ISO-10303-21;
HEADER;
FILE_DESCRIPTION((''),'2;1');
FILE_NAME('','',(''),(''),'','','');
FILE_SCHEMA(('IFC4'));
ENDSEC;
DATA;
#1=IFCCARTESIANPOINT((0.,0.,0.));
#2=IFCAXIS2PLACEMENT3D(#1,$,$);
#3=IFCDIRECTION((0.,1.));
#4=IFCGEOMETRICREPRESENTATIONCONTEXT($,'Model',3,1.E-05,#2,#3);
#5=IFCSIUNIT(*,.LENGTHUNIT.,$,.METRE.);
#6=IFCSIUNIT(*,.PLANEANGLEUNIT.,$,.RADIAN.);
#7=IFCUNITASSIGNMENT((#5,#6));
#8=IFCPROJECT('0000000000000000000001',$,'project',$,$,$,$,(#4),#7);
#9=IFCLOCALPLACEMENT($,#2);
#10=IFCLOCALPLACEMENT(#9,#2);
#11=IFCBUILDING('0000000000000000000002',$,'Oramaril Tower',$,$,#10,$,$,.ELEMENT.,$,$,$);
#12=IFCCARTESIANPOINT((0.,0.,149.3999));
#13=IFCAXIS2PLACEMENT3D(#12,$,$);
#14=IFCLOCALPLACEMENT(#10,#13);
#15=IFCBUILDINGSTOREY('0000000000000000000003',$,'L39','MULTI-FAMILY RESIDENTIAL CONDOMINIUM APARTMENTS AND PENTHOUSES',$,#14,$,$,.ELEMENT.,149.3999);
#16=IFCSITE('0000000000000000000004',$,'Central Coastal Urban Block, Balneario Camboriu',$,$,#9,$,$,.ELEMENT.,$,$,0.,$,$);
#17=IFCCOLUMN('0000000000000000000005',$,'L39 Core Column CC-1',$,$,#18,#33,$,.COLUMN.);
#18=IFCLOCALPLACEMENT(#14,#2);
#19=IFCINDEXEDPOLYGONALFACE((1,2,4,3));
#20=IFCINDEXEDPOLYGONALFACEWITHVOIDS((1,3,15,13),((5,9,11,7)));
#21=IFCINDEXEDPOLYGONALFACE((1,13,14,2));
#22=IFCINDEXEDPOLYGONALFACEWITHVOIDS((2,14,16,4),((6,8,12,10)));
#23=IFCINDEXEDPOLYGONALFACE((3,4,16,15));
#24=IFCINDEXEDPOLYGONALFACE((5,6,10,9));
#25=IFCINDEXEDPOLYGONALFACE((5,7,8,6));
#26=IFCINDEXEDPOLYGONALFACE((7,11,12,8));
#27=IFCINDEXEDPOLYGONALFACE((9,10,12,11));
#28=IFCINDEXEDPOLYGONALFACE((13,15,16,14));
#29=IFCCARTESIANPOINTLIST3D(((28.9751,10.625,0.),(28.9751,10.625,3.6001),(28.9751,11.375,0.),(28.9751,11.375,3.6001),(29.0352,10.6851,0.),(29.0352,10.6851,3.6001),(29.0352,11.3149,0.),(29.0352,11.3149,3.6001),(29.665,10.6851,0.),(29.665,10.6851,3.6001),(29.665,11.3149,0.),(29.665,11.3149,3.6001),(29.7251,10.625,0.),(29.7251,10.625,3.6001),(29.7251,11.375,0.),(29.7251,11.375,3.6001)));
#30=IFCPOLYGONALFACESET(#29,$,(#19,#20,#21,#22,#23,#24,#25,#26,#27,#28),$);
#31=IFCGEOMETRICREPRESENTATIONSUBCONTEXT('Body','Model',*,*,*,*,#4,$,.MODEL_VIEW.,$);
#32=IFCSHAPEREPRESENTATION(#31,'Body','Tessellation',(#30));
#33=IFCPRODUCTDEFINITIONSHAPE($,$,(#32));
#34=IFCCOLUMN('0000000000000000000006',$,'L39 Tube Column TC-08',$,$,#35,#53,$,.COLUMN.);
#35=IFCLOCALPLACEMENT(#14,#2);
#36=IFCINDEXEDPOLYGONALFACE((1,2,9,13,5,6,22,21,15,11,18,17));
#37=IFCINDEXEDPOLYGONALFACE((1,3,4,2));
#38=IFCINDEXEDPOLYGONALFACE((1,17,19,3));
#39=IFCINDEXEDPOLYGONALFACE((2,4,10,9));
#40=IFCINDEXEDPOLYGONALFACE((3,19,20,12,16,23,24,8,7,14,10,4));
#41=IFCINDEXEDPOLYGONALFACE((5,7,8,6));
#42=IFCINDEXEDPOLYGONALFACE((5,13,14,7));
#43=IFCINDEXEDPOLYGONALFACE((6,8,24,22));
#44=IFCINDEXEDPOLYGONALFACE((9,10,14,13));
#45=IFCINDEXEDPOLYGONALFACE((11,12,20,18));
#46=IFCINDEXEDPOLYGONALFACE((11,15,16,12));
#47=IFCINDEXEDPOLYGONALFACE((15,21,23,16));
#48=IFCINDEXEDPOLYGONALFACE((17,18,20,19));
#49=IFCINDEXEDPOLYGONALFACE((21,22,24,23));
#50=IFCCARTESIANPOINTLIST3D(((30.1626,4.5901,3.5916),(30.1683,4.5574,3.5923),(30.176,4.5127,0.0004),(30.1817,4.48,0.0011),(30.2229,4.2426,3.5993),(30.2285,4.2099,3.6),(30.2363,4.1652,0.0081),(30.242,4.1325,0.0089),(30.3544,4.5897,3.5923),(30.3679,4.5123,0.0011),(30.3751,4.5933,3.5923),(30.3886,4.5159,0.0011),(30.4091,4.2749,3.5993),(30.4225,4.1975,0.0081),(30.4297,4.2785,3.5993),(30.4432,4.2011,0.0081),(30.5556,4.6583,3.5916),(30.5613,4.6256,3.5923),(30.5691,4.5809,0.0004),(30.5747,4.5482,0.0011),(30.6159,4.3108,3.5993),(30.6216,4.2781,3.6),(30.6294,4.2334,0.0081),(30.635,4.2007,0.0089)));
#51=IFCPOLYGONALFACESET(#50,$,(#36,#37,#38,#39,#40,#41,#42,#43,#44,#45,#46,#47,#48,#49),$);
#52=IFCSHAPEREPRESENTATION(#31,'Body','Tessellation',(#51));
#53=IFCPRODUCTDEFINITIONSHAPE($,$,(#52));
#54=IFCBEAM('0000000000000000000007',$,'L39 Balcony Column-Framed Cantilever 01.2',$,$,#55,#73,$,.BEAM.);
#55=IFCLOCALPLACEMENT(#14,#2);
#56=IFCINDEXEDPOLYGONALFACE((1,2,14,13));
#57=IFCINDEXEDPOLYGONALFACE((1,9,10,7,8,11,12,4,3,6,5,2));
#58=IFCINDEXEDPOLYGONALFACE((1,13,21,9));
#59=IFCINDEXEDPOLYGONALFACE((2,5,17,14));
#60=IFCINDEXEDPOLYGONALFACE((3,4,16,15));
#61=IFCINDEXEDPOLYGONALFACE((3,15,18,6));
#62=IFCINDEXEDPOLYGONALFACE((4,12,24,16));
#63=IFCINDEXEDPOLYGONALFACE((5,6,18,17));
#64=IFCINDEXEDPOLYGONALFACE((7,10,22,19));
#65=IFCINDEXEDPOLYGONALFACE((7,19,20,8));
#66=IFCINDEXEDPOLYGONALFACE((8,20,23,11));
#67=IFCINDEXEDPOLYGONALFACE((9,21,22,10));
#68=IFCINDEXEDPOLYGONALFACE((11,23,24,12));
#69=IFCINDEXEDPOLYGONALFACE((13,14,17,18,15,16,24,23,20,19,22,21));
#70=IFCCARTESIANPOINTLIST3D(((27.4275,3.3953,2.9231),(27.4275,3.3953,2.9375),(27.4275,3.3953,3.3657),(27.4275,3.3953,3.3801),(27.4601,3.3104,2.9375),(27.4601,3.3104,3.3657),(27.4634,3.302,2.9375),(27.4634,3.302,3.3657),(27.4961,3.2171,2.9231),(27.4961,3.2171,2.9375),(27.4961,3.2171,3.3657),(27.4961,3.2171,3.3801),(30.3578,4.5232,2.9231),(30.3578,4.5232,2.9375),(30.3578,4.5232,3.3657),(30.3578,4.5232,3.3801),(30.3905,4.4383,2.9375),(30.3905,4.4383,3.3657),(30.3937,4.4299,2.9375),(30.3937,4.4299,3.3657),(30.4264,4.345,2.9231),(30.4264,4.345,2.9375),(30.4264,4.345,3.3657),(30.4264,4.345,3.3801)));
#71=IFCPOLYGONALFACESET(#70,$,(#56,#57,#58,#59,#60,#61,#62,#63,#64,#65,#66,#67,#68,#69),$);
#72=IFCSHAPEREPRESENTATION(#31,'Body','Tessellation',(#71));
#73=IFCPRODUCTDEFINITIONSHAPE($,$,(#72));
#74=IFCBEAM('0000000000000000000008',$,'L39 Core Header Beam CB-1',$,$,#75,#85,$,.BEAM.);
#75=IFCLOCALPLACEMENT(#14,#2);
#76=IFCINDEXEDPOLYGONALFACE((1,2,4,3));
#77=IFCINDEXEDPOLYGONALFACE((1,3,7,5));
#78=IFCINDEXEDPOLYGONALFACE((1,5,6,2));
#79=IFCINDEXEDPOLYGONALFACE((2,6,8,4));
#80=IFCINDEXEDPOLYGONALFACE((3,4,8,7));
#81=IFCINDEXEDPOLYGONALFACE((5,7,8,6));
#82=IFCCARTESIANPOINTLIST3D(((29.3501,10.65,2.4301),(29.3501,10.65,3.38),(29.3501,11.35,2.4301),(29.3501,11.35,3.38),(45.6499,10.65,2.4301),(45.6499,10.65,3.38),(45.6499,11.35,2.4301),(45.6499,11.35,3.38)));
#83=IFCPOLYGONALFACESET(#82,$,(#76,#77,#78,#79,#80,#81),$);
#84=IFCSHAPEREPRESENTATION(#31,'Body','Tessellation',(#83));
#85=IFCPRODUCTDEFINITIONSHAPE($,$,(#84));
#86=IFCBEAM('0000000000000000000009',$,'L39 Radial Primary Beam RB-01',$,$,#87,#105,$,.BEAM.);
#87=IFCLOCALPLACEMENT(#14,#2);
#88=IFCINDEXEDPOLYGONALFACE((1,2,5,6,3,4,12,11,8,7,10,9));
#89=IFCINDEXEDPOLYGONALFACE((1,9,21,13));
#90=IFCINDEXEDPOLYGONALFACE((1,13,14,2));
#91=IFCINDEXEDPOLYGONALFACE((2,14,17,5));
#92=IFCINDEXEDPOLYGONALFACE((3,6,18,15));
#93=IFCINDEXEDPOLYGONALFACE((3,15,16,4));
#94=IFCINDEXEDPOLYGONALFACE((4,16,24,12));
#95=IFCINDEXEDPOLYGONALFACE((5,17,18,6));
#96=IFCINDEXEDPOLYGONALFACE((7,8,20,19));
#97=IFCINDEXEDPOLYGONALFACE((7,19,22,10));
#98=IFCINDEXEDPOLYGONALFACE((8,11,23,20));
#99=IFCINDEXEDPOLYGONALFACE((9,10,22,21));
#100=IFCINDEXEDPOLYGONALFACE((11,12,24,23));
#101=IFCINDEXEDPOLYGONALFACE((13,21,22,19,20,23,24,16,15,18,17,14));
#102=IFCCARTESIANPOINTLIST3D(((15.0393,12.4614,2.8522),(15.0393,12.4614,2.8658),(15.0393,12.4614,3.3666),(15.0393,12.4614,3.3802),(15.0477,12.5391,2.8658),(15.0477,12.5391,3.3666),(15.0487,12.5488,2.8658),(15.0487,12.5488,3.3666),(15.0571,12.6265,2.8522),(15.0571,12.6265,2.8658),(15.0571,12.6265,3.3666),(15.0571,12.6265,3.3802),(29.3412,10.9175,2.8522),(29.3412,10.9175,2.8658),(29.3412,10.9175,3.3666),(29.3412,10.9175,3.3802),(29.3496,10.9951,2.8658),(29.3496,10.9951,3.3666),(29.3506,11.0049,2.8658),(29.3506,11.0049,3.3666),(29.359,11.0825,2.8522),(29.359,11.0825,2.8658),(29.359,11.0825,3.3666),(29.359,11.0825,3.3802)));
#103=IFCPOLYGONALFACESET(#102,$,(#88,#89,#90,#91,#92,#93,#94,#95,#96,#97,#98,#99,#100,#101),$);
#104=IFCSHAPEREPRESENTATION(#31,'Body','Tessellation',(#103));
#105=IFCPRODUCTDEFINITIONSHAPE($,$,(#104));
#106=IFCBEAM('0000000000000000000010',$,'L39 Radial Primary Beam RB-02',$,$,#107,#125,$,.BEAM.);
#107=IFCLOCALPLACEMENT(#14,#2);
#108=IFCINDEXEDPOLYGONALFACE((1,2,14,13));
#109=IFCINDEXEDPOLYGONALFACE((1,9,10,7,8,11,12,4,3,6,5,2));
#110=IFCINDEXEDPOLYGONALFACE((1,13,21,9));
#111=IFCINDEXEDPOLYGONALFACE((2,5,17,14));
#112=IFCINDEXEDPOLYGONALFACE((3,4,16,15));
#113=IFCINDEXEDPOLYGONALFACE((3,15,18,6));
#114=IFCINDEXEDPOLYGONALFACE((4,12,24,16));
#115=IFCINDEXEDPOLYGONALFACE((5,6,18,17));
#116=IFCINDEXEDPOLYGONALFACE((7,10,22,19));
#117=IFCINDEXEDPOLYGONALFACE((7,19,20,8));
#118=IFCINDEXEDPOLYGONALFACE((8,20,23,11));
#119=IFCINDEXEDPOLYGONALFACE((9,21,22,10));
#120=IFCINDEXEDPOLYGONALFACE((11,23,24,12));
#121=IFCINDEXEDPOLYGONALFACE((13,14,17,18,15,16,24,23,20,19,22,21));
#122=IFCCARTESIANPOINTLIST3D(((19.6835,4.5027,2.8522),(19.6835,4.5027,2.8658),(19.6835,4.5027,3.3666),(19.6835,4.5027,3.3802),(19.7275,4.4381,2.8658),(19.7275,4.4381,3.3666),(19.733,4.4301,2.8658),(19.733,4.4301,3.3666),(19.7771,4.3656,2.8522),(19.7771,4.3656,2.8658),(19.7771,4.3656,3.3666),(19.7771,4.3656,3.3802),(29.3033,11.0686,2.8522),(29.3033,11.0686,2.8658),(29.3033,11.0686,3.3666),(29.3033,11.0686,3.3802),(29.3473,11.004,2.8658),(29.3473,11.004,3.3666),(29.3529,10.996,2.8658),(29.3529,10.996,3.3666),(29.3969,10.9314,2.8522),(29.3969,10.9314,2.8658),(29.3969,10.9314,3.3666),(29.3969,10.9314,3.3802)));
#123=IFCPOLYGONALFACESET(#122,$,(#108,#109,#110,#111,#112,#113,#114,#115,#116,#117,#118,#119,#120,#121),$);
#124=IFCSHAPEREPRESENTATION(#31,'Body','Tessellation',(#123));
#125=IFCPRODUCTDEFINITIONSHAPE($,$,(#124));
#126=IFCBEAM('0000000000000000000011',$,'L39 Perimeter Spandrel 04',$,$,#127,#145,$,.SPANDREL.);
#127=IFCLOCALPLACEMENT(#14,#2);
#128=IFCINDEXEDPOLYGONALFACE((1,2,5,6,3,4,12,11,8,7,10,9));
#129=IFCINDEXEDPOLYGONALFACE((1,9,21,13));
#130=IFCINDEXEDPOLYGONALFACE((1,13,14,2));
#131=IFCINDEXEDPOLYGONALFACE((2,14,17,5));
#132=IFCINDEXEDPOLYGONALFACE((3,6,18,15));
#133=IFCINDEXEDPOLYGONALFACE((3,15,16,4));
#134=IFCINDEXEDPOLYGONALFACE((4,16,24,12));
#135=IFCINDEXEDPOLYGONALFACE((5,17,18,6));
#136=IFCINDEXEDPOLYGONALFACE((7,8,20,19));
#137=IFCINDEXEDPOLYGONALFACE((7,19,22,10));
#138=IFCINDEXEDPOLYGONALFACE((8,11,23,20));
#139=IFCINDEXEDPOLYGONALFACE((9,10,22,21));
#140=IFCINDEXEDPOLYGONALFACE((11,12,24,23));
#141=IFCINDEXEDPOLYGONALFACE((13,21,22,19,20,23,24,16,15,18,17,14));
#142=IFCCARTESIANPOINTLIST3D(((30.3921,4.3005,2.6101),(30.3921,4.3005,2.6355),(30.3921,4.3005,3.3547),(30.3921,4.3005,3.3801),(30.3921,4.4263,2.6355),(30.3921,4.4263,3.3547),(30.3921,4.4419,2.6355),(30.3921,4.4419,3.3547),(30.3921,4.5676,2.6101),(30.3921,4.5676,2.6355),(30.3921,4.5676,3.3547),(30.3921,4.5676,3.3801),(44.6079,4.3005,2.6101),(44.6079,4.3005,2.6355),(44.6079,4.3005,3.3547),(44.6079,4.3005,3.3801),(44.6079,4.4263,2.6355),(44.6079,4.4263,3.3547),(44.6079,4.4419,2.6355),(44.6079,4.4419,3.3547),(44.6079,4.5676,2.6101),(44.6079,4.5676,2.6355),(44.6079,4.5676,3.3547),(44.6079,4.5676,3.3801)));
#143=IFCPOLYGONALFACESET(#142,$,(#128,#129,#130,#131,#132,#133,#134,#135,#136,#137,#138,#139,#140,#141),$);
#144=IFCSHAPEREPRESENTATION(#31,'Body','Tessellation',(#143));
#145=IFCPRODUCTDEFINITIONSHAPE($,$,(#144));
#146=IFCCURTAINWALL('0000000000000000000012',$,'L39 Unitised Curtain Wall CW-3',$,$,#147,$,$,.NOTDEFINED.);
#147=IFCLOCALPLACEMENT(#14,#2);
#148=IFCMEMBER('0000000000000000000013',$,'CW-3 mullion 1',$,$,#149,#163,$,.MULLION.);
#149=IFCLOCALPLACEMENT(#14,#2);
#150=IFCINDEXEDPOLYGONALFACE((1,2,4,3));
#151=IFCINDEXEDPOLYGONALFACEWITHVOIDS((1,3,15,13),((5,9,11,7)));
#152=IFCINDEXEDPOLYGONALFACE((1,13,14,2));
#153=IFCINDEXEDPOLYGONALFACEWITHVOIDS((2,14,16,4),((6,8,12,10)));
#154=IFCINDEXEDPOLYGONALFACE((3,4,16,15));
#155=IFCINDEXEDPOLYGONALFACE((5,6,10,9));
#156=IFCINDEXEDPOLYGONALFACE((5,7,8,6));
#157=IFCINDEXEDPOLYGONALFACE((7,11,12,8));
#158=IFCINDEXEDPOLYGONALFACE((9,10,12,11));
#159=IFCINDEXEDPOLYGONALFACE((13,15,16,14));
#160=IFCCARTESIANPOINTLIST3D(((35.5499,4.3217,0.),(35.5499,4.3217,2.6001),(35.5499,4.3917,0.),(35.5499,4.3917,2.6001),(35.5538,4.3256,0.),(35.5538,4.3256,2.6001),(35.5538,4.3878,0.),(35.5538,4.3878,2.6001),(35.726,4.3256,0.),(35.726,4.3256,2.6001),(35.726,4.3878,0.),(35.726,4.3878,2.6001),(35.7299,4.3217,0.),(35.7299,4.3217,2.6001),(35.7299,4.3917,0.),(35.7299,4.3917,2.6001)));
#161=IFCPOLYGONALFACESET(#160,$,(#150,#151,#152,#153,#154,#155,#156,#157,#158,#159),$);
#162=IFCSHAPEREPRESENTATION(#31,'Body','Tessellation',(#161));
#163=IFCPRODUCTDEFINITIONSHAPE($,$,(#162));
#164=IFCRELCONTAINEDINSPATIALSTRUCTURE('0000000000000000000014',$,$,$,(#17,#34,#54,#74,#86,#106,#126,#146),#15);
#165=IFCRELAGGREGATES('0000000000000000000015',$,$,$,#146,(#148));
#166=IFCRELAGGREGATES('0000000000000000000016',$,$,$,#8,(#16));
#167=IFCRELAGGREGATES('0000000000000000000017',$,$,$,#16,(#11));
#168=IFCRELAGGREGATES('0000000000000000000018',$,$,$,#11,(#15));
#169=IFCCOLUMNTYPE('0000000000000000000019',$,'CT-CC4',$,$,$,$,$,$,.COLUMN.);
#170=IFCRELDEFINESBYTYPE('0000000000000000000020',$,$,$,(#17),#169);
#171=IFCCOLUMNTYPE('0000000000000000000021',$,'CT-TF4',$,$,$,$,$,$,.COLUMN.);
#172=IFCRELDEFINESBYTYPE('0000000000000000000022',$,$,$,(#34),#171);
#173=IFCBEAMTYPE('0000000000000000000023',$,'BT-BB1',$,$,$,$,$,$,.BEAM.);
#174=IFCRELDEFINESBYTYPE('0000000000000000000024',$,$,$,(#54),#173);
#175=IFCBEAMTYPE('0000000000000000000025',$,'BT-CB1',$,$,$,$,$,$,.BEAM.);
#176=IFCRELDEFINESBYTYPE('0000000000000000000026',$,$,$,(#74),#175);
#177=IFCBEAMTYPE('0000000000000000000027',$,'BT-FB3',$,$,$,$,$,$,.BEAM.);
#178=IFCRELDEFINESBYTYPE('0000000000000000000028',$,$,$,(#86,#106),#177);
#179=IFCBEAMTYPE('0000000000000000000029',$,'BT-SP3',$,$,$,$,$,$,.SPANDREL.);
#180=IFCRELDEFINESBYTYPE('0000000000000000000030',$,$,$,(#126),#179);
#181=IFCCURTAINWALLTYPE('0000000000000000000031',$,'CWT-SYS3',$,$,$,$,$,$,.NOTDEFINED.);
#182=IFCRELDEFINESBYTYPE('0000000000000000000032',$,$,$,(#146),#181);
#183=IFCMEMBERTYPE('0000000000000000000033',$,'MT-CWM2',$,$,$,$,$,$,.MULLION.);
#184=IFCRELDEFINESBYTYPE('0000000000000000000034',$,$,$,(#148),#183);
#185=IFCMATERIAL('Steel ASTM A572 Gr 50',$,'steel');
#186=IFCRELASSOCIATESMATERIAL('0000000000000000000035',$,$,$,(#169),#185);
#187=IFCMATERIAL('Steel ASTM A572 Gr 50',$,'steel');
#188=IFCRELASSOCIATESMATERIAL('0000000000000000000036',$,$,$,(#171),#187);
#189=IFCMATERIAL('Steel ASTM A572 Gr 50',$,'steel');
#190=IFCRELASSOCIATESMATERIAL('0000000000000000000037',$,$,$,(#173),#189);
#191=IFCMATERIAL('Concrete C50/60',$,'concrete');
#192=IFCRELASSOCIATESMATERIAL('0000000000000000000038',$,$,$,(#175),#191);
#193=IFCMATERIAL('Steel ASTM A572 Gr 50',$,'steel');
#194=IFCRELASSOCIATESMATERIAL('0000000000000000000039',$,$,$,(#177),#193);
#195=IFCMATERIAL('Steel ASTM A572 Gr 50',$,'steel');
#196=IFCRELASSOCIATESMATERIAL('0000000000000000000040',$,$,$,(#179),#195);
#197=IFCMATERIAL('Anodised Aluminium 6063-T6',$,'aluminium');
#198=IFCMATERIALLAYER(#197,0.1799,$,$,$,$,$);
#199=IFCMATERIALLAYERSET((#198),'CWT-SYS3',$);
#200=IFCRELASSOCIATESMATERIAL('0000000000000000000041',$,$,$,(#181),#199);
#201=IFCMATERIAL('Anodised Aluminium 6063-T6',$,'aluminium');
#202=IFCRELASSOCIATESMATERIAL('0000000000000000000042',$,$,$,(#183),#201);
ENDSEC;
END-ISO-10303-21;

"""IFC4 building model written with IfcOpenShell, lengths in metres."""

from ifc_helpers import new_model, si_unit, direction, frame, origin, origin_2d, place, context, subcontext, project, spatial, rectangle, hollow_rectangle, i_section, extrude, material, layer, layer_set, material_profile, profile_set, type_object, element, aggregate, save


model = new_model("IFC4")

# Units and contexts
model_context = context("Model", 3, precision=1e-05, world=origin(), true_north=direction((0.0, 1.0)))
body_context = subcontext(model_context, "Body", "Model", "MODEL_VIEW")
ifc_project = project(units=[si_unit("LENGTHUNIT", "METRE"), si_unit("PLANEANGLEUNIT", "RADIAN")], contexts=[model_context])

# Site, building, storey
site_placement = place(None, origin())
site = spatial("IfcSite", under=ifc_project, at=site_placement, Name="Central Coastal Urban Block, Balneario Camboriu", CompositionType="ELEMENT", RefElevation=0.0)
building_placement = place(site_placement, origin())
building = spatial("IfcBuilding", under=site, at=building_placement, Name="Oramaril Tower", CompositionType="ELEMENT")
storey_placement = place(building_placement, frame((0.0, 0.0, 149.3999)))
storey = spatial("IfcBuildingStorey", under=building, at=storey_placement, Name="L39", Description="MULTI-FAMILY RESIDENTIAL CONDOMINIUM APARTMENTS AND PENTHOUSES", CompositionType="ELEMENT", Elevation=149.3999)

# Columns
ifc_material_1 = material(Name="Steel ASTM A572 Gr 50", Category="steel")
ifc_material_profile_1 = material_profile(ifc_material_1, hollow_rectangle(XDim=0.75, YDim=0.75, WallThickness=0.0601, at=origin_2d()), Name="BOX750X750X60")
ifc_profile_set_1 = profile_set([ifc_material_profile_1], Name="Steel ASTM A572 Gr 50")
column_type_1 = type_object("IfcColumnType", Name="CT-CC4", PredefinedType="COLUMN", material=ifc_profile_set_1)
column_1_placement = place(storey_placement, frame((29.3501, 11.0, 0.0), z_axis=(0.0, 0.0, 1.0), x_axis=(1.0, 0.0, 0.0)))
element("IfcColumn", 1, at=column_1_placement, inside=storey, type_object=column_type_1, Name="L39 Core Column CC-1", PredefinedType="COLUMN", context=body_context, shape_type="SweptSolid", body=[
    extrude(hollow_rectangle(XDim=0.75, YDim=0.75, WallThickness=0.0601, at=origin_2d()), origin(), (0.0, 0.0, 1.0), 3.6001),
])
ifc_material_2 = material(Name="Steel ASTM A572 Gr 50", Category="steel")
ifc_material_profile_2 = material_profile(ifc_material_2, i_section(OverallWidth=0.3989, OverallDepth=0.386, WebThickness=0.021, FlangeThickness=0.0332, at=origin_2d()), Name="W14X176")
ifc_profile_set_2 = profile_set([ifc_material_profile_2], Name="Steel ASTM A572 Gr 50")
column_type_2 = type_object("IfcColumnType", Name="CT-TF4", PredefinedType="COLUMN", material=ifc_profile_set_2)
column_2_placement = place(storey_placement, frame((30.4055, 4.3567, 0.0046), z_axis=(-0.003738, 0.021546, 0.999761), x_axis=(-0.98528, -0.170948, 0.0)))
element("IfcColumn", 2, at=column_2_placement, inside=storey, type_object=column_type_2, Name="L39 Tube Column TC-08", PredefinedType="COLUMN", context=body_context, shape_type="SweptSolid", body=[
    extrude(i_section(OverallWidth=0.3989, OverallDepth=0.386, WebThickness=0.021, FlangeThickness=0.0332, at=origin_2d()), origin(), (0.0, 0.0, 1.0), 3.592),
])

# Beams
ifc_material_3 = material(Name="Steel ASTM A572 Gr 50", Category="steel")
ifc_material_profile_3 = material_profile(ifc_material_3, i_section(OverallWidth=0.1909, OverallDepth=0.457, WebThickness=0.009, FlangeThickness=0.0144, at=origin_2d()), Name="W18X50")
ifc_profile_set_3 = profile_set([ifc_material_profile_3], Name="Steel ASTM A572 Gr 50")
beam_type_1 = type_object("IfcBeamType", Name="BT-BB1", PredefinedType="BEAM", material=ifc_profile_set_3)
beam_1_placement = place(storey_placement, frame((30.3921, 4.4341, 3.1516), z_axis=(-0.933255, -0.359214, 0.0), x_axis=(0.359214, -0.933255, 0.0)))
element("IfcBeam", 3, at=beam_1_placement, inside=storey, type_object=beam_type_1, Name="L39 Balcony Column-Framed Cantilever 01.2", PredefinedType="BEAM", context=body_context, shape_type="SweptSolid", body=[
    extrude(i_section(OverallWidth=0.1909, OverallDepth=0.457, WebThickness=0.009, FlangeThickness=0.0144, at=origin_2d()), origin(), (0.0, 0.0, 1.0), 3.1399),
])
ifc_material_4 = material(Name="Concrete C50/60", Category="concrete")
ifc_material_profile_4 = material_profile(ifc_material_4, rectangle(XDim=0.7, YDim=0.95, at=origin_2d()), Name="CB700X950")
ifc_profile_set_4 = profile_set([ifc_material_profile_4], Name="Concrete C50/60")
beam_type_2 = type_object("IfcBeamType", Name="BT-CB1", PredefinedType="BEAM", material=ifc_profile_set_4)
beam_2_placement = place(storey_placement, frame((29.3501, 11.0, 2.905), z_axis=(1.0, 0.0, 0.0), x_axis=(0.0, 1.0, 0.0)))
element("IfcBeam", 4, at=beam_2_placement, inside=storey, type_object=beam_type_2, Name="L39 Core Header Beam CB-1", PredefinedType="BEAM", context=body_context, shape_type="SweptSolid", body=[
    extrude(rectangle(XDim=0.7, YDim=0.95, at=origin_2d()), origin(), (0.0, 0.0, 1.0), 16.2998),
])
ifc_material_5 = material(Name="Steel ASTM A572 Gr 50", Category="steel")
ifc_material_profile_5 = material_profile(ifc_material_5, i_section(OverallWidth=0.166, OverallDepth=0.5281, WebThickness=0.0098, FlangeThickness=0.0137, at=origin_2d()), Name="W21X50")
ifc_profile_set_5 = profile_set([ifc_material_profile_5], Name="Steel ASTM A572 Gr 50")
beam_type_3 = type_object("IfcBeamType", Name="BT-FB3", PredefinedType="BEAM", material=ifc_profile_set_5)
beam_3_placement = place(storey_placement, frame((29.3501, 11.0, 3.1162), z_axis=(-0.994224, 0.10733, 0.0), x_axis=(-0.10733, -0.994224, 0.0)))
element("IfcBeam", 5, at=beam_3_placement, inside=storey, type_object=beam_type_3, Name="L39 Radial Primary Beam RB-01", PredefinedType="BEAM", context=body_context, shape_type="SweptSolid", body=[
    extrude(i_section(OverallWidth=0.166, OverallDepth=0.5281, WebThickness=0.0098, FlangeThickness=0.0137, at=origin_2d()), origin(), (0.0, 0.0, 1.0), 14.385),
])
beam_4_placement = place(storey_placement, frame((29.3501, 11.0, 3.1162), z_axis=(-0.825951, -0.563742, 0.0), x_axis=(0.563742, -0.825951, 0.0)))
element("IfcBeam", 6, at=beam_4_placement, inside=storey, type_object=beam_type_3, Name="L39 Radial Primary Beam RB-02", PredefinedType="BEAM", context=body_context, shape_type="SweptSolid", body=[
    extrude(i_section(OverallWidth=0.166, OverallDepth=0.5281, WebThickness=0.0098, FlangeThickness=0.0137, at=origin_2d()), origin(), (0.0, 0.0, 1.0), 11.647),
])
ifc_material_6 = material(Name="Steel ASTM A572 Gr 50", Category="steel")
ifc_material_profile_6 = material_profile(ifc_material_6, i_section(OverallWidth=0.2671, OverallDepth=0.77, WebThickness=0.0156, FlangeThickness=0.0254, at=origin_2d()), Name="W30X132")
ifc_profile_set_6 = profile_set([ifc_material_profile_6], Name="Steel ASTM A572 Gr 50")
beam_type_4 = type_object("IfcBeamType", Name="BT-SP3", PredefinedType="SPANDREL", material=ifc_profile_set_6)
beam_5_placement = place(storey_placement, frame((30.3921, 4.4341, 2.9951), z_axis=(1.0, 0.0, 0.0), x_axis=(0.0, 1.0, 0.0)))
element("IfcBeam", 7, at=beam_5_placement, inside=storey, type_object=beam_type_4, Name="L39 Perimeter Spandrel 04", PredefinedType="SPANDREL", context=body_context, shape_type="SweptSolid", body=[
    extrude(i_section(OverallWidth=0.2671, OverallDepth=0.77, WebThickness=0.0156, FlangeThickness=0.0254, at=origin_2d()), origin(), (0.0, 0.0, 1.0), 14.2158),
])

# Curtain wall, member
ifc_material_7 = material(Name="Anodised Aluminium 6063-T6", Category="aluminium")
ifc_layer_1 = layer(ifc_material_7, 0.1799)
ifc_layer_set_1 = layer_set([ifc_layer_1], Name="CWT-SYS3")
curtain_wall_type = type_object("IfcCurtainWallType", Name="CWT-SYS3", PredefinedType="NOTDEFINED", material=ifc_layer_set_1)
curtain_wall_placement = place(storey_placement, origin())
curtain_wall = element("IfcCurtainWall", 8, at=curtain_wall_placement, inside=storey, type_object=curtain_wall_type, Name="L39 Unitised Curtain Wall CW-3", PredefinedType="NOTDEFINED")
ifc_material_8 = material(Name="Anodised Aluminium 6063-T6", Category="aluminium")
ifc_material_profile_7 = material_profile(ifc_material_8, hollow_rectangle(XDim=0.0701, YDim=0.1799, WallThickness=0.0039, at=origin_2d()), Name="CWM180X70")
ifc_profile_set_7 = profile_set([ifc_material_profile_7], Name="Anodised Aluminium 6063-T6")
member_type_1 = type_object("IfcMemberType", Name="MT-CWM2", PredefinedType="MULLION", material=ifc_profile_set_7)
member_1_placement = place(storey_placement, frame((35.6399, 4.3567, 0.0), z_axis=(0.0, 0.0, 1.0), x_axis=(0.0, 1.0, 0.0)))
member_1 = element("IfcMember", 9, at=member_1_placement, type_object=member_type_1, Name="CW-3 mullion 1", PredefinedType="MULLION", context=body_context, shape_type="SweptSolid", body=[
    extrude(hollow_rectangle(XDim=0.0701, YDim=0.1799, WallThickness=0.0039, at=origin_2d()), origin(), (0.0, 0.0, 1.0), 2.6001),
])
aggregate(curtain_wall, [member_1])

save(model, "model.ifc")
